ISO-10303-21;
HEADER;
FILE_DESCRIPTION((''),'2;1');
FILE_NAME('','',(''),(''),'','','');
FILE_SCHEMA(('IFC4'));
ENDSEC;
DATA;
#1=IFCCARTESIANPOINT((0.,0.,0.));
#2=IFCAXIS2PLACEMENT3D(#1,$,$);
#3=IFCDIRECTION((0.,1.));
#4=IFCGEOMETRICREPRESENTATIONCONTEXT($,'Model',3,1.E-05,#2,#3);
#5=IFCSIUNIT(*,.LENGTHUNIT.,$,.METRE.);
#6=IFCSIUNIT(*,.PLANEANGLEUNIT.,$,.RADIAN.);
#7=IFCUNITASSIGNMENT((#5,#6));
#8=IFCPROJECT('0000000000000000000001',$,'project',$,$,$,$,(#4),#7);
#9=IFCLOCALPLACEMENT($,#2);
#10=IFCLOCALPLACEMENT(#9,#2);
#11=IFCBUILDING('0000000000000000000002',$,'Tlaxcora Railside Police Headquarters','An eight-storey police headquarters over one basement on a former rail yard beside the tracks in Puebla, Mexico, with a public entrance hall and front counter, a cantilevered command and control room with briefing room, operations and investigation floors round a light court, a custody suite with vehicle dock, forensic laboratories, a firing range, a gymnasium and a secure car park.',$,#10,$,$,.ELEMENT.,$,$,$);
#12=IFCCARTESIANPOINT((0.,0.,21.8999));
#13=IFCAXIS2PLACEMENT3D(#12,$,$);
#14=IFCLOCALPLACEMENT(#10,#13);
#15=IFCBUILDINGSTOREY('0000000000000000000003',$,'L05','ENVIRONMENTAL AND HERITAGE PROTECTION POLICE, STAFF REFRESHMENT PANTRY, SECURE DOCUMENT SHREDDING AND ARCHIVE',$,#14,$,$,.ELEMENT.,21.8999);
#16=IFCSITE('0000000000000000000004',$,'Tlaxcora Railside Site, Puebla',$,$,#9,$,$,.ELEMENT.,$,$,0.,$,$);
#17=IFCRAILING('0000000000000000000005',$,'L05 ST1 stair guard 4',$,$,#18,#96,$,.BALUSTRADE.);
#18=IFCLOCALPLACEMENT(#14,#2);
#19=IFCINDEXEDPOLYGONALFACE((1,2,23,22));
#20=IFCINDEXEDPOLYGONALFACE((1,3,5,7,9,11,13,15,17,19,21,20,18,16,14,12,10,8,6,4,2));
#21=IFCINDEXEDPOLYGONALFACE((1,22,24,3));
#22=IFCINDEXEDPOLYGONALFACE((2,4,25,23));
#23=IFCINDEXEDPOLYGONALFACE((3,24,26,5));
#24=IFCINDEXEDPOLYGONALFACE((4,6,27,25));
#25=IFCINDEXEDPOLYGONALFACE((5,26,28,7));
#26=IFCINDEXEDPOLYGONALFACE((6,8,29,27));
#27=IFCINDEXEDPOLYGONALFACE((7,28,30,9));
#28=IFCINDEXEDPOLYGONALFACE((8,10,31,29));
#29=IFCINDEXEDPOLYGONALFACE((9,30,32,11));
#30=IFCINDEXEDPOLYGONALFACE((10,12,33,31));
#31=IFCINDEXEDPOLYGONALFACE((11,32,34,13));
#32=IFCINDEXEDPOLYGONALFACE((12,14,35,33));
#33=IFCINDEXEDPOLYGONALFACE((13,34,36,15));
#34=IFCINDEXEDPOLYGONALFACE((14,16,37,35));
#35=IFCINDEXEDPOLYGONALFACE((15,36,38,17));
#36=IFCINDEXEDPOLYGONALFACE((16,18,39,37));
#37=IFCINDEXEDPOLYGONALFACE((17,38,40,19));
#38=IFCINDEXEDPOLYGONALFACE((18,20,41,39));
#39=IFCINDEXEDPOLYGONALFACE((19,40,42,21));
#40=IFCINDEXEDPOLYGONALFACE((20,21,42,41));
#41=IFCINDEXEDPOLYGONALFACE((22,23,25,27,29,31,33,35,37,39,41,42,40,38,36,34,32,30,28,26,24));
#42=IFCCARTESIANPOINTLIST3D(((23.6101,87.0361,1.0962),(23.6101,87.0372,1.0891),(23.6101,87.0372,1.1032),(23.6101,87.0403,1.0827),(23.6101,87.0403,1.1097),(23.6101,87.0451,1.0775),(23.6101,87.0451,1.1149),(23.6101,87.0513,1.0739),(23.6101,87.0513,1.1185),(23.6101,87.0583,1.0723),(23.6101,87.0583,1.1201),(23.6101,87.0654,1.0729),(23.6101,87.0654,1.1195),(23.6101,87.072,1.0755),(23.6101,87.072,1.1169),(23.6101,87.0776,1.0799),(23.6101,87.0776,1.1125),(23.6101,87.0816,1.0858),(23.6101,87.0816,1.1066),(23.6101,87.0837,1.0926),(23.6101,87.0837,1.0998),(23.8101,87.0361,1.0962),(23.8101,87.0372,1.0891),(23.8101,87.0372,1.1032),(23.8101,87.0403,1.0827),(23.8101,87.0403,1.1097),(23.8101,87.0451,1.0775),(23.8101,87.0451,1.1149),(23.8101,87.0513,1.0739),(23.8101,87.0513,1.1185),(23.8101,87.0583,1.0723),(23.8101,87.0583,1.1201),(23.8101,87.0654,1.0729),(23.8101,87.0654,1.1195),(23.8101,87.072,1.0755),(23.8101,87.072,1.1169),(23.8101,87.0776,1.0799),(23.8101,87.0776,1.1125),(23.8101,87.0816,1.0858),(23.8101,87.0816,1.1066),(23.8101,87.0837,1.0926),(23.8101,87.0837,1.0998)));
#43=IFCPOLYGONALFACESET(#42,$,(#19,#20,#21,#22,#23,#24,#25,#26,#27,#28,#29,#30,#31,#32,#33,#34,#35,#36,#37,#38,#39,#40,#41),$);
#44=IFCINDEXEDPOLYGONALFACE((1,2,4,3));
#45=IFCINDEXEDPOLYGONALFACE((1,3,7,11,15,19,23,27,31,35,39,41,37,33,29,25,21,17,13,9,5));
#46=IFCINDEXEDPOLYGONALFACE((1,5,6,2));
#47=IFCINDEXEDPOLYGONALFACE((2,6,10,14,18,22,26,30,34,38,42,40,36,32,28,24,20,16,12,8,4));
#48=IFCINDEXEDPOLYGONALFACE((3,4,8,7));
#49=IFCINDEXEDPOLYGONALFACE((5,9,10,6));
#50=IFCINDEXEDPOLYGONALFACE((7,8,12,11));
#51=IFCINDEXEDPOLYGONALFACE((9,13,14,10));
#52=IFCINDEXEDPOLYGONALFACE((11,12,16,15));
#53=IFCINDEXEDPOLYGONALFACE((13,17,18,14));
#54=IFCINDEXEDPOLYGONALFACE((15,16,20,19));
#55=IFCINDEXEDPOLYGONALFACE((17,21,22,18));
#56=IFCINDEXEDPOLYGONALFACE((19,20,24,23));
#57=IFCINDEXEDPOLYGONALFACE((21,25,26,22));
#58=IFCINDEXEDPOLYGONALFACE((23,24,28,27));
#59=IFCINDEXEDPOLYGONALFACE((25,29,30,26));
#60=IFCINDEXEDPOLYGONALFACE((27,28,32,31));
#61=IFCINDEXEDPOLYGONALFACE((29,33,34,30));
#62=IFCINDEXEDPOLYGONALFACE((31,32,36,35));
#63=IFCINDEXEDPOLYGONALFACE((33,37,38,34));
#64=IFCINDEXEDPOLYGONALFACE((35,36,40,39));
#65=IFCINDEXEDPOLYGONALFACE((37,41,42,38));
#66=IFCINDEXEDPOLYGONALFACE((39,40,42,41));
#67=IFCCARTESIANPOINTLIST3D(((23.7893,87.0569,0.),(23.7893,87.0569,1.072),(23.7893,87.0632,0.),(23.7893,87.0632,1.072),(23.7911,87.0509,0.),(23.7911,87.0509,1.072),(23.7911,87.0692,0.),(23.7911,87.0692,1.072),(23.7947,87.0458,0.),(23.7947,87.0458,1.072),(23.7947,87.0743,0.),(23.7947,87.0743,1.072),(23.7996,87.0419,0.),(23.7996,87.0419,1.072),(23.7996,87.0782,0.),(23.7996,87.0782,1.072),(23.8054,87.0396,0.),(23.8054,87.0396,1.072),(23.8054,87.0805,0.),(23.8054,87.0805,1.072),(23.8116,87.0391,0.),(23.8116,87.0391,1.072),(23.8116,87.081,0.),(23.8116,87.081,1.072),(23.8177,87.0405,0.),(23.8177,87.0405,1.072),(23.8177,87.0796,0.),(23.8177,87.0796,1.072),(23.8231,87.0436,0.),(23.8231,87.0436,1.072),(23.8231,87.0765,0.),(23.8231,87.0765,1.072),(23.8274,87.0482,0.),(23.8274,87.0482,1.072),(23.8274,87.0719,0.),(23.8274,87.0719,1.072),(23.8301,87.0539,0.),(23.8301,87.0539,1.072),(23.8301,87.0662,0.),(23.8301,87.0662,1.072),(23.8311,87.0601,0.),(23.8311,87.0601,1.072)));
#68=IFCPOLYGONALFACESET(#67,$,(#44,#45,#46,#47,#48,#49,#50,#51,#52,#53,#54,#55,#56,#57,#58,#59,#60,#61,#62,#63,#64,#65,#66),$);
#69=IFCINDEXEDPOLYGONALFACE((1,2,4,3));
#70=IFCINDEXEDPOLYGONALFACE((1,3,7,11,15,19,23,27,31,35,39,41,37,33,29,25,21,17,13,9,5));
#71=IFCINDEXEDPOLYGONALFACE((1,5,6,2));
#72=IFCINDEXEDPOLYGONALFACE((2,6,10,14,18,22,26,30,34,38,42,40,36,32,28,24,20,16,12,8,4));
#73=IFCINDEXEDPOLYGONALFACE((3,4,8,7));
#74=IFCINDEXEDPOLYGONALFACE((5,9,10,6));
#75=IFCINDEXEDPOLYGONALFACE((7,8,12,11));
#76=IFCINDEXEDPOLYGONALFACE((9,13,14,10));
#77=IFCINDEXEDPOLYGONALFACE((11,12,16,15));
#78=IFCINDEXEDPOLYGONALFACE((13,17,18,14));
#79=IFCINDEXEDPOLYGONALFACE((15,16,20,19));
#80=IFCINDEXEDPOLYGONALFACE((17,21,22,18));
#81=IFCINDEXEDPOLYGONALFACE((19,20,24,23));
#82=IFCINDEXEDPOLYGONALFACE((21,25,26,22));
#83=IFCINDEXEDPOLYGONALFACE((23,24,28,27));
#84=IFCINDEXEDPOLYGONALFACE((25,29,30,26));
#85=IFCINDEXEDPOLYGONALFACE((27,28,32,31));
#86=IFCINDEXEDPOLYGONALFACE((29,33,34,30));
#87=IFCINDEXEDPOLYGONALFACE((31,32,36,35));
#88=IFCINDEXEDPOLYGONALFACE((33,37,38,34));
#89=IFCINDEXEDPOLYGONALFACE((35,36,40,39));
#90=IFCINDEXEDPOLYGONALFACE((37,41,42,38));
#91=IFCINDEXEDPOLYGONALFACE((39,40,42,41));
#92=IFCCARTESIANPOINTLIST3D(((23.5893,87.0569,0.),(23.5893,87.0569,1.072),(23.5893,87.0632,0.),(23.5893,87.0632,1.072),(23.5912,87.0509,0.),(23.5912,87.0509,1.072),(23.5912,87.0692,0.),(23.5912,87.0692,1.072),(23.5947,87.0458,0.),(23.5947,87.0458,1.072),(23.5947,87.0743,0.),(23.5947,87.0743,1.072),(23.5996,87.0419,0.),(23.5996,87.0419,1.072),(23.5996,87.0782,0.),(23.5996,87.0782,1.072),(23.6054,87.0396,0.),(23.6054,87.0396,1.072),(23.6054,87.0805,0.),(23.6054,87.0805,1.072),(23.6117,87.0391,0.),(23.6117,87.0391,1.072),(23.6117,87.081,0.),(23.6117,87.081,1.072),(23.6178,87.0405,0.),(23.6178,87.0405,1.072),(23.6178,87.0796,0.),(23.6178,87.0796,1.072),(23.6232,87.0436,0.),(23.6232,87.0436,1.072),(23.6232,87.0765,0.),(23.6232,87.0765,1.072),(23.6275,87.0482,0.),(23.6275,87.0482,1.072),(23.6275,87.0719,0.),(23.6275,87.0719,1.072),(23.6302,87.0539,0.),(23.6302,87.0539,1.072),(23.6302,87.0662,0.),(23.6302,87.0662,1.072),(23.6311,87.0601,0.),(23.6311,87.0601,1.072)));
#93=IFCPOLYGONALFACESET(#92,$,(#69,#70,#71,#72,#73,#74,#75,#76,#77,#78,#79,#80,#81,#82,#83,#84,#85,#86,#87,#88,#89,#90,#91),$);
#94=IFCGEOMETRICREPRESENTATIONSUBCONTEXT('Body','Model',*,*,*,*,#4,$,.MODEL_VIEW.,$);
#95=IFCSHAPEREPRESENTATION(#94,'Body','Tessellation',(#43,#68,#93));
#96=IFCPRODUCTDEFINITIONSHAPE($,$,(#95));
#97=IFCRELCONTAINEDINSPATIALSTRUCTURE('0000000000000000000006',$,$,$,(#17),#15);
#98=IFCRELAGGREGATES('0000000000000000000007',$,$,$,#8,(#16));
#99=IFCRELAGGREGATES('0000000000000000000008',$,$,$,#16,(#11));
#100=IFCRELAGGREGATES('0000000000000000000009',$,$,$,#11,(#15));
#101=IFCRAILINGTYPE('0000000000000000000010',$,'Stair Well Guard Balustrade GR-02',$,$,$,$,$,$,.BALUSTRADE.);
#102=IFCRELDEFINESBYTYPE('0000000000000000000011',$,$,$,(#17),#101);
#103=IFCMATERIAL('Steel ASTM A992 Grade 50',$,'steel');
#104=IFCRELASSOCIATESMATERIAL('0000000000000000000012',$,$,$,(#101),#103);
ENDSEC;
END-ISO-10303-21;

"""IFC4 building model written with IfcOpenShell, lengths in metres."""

from ifc_helpers import new_model, si_unit, direction, frame, origin, origin_2d, place, context, subcontext, project, spatial, circle, extrude, material, type_object, element, save


model = new_model("IFC4")

# Units and contexts
model_context = context("Model", 3, precision=1e-05, world=origin(), true_north=direction((0.0, 1.0)))
body_context = subcontext(model_context, "Body", "Model", "MODEL_VIEW")
ifc_project = project(units=[si_unit("LENGTHUNIT", "METRE"), si_unit("PLANEANGLEUNIT", "RADIAN")], contexts=[model_context])

# Site, building, storey
site_placement = place(None, origin())
site = spatial("IfcSite", under=ifc_project, at=site_placement, Name="Tlaxcora Railside Site, Puebla", CompositionType="ELEMENT", RefElevation=0.0)
building_placement = place(site_placement, origin())
building = spatial("IfcBuilding", under=site, at=building_placement, Name="Tlaxcora Railside Police Headquarters", Description="An eight-storey police headquarters over one basement on a former rail yard beside the tracks in Puebla, Mexico, with a public entrance hall and front counter, a cantilevered command and control room with briefing room, operations and investigation floors round a light court, a custody suite with vehicle dock, forensic laboratories, a firing range, a gymnasium and a secure car park.", CompositionType="ELEMENT")
storey_placement = place(building_placement, frame((0.0, 0.0, 21.8999)))
storey = spatial("IfcBuildingStorey", under=building, at=storey_placement, Name="L05", Description="ENVIRONMENTAL AND HERITAGE PROTECTION POLICE, STAFF REFRESHMENT PANTRY, SECURE DOCUMENT SHREDDING AND ARCHIVE", CompositionType="ELEMENT", Elevation=21.8999)

# Shared definitions
ifc_material_1 = material(Name="Steel ASTM A992 Grade 50", Category="steel")

# Railing
railing_type_1 = type_object("IfcRailingType", Name="Stair Well Guard Balustrade GR-02", PredefinedType="BALUSTRADE", material=ifc_material_1)
railing_1_placement = place(storey_placement, frame((23.8101, 87.0601, 0.0)))
element("IfcRailing", 1, at=railing_1_placement, inside=storey, type_object=railing_type_1, Name="L05 ST1 stair guard 4", PredefinedType="BALUSTRADE", context=body_context, shape_type="SweptSolid", body=[
    extrude(circle(Radius=0.0239, at=origin_2d()), frame((0.0, 0.0, 1.0962), z_axis=(-1.0, 0.0, 0.0), x_axis=(0.0, -1.0, 0.0)), (0.0, 0.0, 1.0), 0.2),
    extrude(circle(Radius=0.021, at=origin_2d()), origin(), (0.0, 0.0, 1.0), 1.072),
    extrude(circle(Radius=0.021, at=origin_2d()), frame((-0.2, 0.0, 0.0)), (0.0, 0.0, 1.0), 1.072),
])

save(model, "model.ifc")
